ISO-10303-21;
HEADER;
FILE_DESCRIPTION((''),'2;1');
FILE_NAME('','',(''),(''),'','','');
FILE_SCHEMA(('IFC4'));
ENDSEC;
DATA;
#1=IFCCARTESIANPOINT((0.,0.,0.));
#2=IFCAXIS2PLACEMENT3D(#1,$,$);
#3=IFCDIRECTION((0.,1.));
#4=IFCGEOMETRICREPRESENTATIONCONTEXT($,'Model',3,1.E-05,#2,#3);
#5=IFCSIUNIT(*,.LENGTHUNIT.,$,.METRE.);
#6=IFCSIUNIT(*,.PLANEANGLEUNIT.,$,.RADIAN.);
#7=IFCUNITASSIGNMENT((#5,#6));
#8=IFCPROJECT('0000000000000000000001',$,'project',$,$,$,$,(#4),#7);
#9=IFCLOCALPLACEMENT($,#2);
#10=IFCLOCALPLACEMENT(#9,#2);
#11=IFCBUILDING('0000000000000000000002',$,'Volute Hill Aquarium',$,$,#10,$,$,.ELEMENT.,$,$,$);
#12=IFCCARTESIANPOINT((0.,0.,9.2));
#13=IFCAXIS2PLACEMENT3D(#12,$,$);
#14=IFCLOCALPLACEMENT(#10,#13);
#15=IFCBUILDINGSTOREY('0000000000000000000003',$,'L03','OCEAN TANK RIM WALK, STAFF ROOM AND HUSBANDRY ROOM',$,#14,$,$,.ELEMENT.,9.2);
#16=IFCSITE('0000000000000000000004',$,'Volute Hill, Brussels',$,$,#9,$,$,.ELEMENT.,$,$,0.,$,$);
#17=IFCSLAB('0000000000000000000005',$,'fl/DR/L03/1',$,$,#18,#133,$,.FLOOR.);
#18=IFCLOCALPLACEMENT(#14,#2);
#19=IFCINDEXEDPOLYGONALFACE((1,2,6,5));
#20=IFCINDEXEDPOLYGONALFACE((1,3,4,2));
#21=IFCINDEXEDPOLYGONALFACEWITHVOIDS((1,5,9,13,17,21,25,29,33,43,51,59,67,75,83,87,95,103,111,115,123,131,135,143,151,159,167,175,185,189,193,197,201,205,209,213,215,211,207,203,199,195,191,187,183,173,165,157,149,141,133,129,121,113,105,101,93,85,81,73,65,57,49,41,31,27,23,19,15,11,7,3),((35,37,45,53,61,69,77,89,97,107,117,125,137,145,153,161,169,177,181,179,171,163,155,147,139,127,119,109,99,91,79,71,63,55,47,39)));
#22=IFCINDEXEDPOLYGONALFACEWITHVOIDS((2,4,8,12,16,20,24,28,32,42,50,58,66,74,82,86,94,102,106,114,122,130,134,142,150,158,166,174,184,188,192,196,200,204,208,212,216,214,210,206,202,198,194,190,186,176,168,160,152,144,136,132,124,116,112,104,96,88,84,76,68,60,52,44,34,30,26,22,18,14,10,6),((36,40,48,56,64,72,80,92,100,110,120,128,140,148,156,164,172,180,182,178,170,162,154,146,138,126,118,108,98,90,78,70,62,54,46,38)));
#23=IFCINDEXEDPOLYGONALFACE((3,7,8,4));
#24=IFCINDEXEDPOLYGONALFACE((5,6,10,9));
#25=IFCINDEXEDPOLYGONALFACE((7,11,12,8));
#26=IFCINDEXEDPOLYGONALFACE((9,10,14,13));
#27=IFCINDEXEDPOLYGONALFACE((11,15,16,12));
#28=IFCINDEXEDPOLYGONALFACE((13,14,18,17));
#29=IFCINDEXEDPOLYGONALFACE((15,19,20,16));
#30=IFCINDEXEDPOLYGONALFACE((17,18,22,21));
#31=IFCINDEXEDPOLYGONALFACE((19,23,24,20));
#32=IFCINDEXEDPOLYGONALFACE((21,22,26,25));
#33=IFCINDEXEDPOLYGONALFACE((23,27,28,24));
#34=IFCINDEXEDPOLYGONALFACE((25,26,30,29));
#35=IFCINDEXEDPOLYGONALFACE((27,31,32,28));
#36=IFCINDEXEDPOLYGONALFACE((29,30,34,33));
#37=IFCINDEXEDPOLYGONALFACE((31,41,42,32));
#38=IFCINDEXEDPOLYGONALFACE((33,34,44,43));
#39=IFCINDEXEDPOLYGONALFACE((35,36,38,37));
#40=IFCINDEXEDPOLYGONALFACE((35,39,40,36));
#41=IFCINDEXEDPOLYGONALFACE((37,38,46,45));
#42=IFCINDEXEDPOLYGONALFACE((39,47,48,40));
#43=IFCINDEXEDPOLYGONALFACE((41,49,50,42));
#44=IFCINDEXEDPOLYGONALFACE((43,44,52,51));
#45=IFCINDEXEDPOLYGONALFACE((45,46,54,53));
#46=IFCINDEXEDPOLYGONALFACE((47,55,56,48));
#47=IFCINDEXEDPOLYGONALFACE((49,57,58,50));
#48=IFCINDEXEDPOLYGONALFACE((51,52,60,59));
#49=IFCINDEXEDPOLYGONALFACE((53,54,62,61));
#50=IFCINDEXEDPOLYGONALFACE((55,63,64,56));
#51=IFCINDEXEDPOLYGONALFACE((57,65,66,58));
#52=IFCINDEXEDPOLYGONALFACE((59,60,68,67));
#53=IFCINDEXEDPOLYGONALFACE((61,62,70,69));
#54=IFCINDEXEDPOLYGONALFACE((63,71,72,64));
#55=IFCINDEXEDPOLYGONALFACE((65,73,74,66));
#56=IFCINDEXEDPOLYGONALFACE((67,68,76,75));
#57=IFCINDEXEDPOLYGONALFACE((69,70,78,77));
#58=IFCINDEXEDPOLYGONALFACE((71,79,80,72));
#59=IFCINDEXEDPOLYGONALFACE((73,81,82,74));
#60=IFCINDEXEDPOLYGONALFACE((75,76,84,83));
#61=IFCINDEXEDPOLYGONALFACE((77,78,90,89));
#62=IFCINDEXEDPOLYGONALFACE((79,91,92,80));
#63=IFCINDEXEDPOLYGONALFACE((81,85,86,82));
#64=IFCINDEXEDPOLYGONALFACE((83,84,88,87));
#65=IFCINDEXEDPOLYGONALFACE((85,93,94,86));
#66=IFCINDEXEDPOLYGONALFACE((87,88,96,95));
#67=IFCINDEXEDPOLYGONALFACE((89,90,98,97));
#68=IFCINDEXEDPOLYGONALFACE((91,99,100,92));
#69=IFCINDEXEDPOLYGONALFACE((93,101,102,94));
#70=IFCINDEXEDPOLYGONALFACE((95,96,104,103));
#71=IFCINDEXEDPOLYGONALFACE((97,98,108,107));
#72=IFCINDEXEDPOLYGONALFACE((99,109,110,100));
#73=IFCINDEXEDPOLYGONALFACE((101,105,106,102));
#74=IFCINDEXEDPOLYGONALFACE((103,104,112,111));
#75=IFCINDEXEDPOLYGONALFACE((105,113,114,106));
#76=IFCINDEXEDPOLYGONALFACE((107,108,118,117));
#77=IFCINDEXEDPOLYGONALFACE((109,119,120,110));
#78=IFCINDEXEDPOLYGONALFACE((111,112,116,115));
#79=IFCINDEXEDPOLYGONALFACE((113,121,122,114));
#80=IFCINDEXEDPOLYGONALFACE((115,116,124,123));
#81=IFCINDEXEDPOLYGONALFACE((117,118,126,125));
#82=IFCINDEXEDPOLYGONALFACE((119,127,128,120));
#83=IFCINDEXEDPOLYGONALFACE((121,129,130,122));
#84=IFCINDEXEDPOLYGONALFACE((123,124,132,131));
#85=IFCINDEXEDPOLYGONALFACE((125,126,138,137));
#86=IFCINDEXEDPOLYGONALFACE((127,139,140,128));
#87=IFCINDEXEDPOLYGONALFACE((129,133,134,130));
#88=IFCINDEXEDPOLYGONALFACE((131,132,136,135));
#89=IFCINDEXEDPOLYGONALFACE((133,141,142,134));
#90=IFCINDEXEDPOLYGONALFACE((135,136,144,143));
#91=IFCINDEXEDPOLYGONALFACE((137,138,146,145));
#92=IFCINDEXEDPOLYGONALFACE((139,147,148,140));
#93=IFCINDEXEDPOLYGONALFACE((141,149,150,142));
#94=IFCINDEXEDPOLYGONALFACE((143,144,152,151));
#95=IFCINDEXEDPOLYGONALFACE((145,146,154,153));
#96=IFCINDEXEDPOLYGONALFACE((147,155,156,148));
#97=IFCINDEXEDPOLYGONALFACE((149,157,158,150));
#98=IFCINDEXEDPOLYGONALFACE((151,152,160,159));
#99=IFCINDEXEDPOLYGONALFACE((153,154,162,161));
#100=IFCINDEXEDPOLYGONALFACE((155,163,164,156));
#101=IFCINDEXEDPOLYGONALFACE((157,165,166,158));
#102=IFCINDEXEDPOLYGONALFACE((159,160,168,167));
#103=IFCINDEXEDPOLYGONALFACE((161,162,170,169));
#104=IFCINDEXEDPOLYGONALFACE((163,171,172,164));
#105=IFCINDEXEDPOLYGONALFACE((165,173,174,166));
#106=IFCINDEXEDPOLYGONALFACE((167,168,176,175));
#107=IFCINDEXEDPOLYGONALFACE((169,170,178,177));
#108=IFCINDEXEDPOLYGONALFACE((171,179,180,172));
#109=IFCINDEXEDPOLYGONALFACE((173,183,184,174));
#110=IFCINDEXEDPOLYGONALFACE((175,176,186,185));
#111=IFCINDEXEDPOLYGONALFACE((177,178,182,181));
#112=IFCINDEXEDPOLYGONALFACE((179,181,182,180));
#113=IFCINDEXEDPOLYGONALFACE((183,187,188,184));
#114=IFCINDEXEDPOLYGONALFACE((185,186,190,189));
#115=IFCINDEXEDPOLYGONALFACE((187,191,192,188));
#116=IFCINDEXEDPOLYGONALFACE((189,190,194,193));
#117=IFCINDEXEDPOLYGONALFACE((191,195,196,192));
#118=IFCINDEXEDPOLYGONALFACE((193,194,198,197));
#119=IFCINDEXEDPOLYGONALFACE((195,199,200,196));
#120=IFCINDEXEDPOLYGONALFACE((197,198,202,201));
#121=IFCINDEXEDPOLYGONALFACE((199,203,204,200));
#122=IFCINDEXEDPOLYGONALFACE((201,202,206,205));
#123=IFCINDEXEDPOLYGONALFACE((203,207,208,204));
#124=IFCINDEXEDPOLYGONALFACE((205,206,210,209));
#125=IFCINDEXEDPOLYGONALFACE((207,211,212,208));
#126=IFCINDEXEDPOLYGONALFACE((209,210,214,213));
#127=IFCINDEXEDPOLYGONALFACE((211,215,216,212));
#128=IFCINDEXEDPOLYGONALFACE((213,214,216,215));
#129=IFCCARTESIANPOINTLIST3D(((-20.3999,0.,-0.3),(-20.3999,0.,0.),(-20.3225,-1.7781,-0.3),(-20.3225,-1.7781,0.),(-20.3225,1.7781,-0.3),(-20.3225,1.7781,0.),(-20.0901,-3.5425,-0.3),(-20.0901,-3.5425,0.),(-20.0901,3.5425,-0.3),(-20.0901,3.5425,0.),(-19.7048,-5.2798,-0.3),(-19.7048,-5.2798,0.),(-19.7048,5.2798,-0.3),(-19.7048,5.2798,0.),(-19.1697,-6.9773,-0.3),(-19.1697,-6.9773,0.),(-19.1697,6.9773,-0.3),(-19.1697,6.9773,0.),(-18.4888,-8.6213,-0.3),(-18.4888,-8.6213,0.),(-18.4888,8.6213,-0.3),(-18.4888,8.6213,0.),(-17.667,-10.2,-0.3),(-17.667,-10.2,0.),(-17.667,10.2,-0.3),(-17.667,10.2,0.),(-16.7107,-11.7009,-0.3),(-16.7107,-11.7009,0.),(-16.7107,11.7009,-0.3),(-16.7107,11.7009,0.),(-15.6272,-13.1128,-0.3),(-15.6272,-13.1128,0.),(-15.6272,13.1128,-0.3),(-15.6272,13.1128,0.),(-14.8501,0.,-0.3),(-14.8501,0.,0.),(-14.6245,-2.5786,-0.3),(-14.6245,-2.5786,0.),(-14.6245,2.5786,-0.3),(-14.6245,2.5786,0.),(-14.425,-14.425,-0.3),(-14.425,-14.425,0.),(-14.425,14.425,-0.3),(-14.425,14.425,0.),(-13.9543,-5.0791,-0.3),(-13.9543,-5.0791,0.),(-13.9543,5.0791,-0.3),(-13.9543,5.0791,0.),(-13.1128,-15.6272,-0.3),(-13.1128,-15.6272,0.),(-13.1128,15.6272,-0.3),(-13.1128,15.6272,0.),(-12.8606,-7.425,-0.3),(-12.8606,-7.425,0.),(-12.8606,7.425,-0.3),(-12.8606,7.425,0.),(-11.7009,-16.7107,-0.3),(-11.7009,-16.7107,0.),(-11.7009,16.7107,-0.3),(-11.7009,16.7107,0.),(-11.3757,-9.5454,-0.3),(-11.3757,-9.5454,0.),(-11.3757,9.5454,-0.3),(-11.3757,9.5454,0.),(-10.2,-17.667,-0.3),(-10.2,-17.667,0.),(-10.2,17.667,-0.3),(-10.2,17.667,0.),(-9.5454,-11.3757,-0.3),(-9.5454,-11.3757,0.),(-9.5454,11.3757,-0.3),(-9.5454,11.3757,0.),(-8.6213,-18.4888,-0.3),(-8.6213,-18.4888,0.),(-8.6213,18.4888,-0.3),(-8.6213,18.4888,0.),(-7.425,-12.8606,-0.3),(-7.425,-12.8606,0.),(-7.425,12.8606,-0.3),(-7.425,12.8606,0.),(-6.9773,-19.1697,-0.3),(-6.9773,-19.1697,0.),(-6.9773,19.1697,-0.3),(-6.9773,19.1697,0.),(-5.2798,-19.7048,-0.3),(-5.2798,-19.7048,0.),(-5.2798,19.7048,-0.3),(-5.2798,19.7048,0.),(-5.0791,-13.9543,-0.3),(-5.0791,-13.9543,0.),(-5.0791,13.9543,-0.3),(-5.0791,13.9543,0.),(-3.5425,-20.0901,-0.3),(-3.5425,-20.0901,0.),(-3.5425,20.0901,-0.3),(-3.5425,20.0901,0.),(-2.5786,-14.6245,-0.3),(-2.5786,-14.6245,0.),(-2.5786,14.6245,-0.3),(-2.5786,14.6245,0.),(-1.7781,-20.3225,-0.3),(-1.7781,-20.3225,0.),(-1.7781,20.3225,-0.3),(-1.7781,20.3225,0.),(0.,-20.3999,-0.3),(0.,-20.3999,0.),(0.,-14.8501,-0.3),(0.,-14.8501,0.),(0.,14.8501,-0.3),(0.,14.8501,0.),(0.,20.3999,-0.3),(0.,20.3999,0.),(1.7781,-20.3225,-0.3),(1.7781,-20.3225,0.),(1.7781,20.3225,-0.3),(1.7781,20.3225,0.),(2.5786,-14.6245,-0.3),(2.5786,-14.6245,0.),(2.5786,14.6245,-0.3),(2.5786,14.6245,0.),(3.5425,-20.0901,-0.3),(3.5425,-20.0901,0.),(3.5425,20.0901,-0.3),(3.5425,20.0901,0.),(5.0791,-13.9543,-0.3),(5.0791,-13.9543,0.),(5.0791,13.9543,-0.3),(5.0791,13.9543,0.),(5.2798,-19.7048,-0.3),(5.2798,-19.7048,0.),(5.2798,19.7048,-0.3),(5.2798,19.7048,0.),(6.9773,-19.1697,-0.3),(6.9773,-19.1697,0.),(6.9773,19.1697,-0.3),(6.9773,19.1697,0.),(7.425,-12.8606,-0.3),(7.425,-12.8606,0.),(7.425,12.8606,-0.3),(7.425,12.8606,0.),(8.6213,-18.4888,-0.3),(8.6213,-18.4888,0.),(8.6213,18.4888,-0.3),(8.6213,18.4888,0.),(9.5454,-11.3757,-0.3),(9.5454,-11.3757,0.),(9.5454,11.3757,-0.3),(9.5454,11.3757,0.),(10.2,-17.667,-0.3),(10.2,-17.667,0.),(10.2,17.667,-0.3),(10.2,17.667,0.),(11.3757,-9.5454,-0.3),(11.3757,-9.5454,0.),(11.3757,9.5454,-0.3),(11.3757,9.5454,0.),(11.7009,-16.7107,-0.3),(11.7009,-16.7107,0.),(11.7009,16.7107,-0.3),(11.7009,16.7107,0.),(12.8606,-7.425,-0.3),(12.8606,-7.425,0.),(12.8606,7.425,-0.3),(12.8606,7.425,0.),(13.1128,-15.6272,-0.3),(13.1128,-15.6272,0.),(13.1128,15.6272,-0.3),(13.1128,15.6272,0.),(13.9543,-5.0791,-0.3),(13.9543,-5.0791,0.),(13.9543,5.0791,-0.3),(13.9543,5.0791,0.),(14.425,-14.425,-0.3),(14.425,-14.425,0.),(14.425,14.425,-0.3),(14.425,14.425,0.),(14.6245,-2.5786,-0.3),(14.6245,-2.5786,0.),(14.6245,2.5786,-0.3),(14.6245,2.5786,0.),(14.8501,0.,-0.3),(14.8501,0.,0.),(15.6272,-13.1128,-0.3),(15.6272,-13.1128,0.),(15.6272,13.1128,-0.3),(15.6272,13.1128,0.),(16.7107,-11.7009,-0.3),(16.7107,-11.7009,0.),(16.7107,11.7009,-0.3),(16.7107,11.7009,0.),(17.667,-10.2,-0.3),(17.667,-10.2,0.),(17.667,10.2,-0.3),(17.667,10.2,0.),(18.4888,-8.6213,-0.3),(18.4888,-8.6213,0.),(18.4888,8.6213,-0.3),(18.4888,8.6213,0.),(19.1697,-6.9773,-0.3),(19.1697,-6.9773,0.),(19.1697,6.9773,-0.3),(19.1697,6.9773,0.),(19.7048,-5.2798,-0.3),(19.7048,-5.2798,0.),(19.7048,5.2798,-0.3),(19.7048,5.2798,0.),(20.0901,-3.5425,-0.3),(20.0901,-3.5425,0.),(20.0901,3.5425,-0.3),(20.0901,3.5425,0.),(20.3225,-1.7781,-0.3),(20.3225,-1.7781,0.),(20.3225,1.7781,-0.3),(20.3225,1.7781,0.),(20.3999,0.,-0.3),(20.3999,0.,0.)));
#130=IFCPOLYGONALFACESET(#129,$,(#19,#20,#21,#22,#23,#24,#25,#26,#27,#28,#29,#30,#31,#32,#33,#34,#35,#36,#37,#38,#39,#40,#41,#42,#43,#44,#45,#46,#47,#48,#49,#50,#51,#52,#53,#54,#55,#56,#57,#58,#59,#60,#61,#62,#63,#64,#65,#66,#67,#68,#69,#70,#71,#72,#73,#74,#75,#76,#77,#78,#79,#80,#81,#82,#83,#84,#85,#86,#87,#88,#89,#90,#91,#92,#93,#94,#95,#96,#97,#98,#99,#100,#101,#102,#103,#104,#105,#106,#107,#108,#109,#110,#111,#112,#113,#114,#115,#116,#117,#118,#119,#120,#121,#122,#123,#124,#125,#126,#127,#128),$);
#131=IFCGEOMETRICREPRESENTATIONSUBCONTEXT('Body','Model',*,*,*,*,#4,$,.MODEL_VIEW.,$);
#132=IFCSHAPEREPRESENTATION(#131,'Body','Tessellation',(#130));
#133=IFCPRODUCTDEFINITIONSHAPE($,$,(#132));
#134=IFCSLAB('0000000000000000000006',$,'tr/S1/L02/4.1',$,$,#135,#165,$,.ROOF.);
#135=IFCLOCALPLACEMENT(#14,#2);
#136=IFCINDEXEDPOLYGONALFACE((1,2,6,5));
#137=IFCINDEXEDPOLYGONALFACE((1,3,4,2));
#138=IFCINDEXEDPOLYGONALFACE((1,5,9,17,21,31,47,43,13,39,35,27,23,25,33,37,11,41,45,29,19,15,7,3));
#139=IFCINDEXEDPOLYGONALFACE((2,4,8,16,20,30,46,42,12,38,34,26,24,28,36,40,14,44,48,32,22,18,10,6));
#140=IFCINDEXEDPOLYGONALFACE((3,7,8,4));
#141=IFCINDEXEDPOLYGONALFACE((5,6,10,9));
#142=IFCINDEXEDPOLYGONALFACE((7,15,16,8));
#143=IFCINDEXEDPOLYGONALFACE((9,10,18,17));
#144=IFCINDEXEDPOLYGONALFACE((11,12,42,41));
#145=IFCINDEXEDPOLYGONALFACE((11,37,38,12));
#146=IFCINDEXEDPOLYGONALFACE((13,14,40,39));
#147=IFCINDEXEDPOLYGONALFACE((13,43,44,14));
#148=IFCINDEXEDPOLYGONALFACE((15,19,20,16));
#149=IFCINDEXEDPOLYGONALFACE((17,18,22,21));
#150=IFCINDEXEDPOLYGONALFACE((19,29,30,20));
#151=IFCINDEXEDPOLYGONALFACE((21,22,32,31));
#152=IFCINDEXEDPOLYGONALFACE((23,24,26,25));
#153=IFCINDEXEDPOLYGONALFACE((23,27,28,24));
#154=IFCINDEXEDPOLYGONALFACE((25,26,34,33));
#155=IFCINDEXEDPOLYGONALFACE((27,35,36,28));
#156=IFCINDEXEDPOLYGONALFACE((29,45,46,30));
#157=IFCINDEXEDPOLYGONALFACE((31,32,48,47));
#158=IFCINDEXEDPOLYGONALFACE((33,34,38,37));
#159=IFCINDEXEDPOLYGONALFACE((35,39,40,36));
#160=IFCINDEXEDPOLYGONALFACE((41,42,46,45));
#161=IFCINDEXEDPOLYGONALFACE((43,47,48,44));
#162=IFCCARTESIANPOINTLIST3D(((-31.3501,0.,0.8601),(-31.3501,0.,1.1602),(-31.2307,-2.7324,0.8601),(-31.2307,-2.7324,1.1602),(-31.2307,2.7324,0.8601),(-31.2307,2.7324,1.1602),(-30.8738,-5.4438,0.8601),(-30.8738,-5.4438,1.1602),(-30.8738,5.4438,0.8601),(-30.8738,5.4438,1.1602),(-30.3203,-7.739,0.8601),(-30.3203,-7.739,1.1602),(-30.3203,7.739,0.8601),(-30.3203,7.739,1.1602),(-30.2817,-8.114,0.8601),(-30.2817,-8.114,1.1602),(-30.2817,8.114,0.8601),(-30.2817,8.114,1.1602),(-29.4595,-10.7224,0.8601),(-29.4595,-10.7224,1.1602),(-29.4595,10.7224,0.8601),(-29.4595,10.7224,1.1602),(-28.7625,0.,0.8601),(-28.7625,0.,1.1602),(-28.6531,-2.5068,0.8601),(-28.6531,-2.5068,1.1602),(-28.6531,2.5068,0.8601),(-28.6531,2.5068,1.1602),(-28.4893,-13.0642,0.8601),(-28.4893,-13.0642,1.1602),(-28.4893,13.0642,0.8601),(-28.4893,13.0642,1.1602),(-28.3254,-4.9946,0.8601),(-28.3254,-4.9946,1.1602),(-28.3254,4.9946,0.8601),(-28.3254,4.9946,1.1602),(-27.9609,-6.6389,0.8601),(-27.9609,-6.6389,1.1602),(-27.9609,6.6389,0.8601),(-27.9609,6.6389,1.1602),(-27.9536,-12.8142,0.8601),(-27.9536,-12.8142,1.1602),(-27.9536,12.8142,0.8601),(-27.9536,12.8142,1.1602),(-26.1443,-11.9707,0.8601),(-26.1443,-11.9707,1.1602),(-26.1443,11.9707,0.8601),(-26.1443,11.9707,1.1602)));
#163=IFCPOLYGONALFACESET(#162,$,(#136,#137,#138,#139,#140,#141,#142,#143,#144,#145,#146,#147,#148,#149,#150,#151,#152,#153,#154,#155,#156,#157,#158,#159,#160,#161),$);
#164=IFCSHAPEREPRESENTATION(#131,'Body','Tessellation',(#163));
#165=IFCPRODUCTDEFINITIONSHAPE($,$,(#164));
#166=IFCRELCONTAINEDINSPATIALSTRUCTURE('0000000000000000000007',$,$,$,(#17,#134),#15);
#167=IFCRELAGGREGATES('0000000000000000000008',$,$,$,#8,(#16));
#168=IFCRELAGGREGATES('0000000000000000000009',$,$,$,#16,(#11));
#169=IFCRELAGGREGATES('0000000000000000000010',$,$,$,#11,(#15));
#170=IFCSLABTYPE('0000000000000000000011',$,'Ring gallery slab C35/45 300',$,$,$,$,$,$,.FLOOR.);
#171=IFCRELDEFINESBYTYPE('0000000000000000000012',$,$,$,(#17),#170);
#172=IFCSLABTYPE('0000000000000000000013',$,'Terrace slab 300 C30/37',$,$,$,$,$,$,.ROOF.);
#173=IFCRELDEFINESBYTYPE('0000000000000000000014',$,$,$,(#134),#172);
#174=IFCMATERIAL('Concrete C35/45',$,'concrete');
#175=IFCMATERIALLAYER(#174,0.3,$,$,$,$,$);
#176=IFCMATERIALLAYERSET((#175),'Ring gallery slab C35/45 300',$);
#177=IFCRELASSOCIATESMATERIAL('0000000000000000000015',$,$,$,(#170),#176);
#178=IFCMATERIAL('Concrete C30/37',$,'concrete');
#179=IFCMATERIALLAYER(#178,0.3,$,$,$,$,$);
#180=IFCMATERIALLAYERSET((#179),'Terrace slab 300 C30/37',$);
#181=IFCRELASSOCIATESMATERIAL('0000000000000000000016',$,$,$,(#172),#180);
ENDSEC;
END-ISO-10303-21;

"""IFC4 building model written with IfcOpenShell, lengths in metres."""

from ifc_helpers import new_model, si_unit, direction, frame, origin, place, context, subcontext, project, spatial, polyline, outline, extrude, material, layer, layer_set, type_object, element, save


model = new_model("IFC4")

# Units and contexts
model_context = context("Model", 3, precision=1e-05, world=origin(), true_north=direction((0.0, 1.0)))
body_context = subcontext(model_context, "Body", "Model", "MODEL_VIEW")
ifc_project = project(units=[si_unit("LENGTHUNIT", "METRE"), si_unit("PLANEANGLEUNIT", "RADIAN")], contexts=[model_context])

# Site, building, storey
site_placement = place(None, origin())
site = spatial("IfcSite", under=ifc_project, at=site_placement, Name="Volute Hill, Brussels", CompositionType="ELEMENT", RefElevation=0.0)
building_placement = place(site_placement, origin())
building = spatial("IfcBuilding", under=site, at=building_placement, Name="Volute Hill Aquarium", CompositionType="ELEMENT")
storey_placement = place(building_placement, frame((0.0, 0.0, 9.2)))
storey = spatial("IfcBuildingStorey", under=building, at=storey_placement, Name="L03", Description="OCEAN TANK RIM WALK, STAFF ROOM AND HUSBANDRY ROOM", CompositionType="ELEMENT", Elevation=9.2)

# Slabs
ifc_material_1 = material(Name="Concrete C35/45", Category="concrete")
ifc_layer_1 = layer(ifc_material_1, 0.3)
ifc_layer_set_1 = layer_set([ifc_layer_1], Name="Ring gallery slab C35/45 300")
slab_type_1 = type_object("IfcSlabType", Name="Ring gallery slab C35/45 300", PredefinedType="FLOOR", material=ifc_layer_set_1)
slab_1_placement = place(storey_placement, frame((0.0, 0.0, -0.3)))
element("IfcSlab", 1, at=slab_1_placement, inside=storey, type_object=slab_type_1, Name="fl/DR/L03/1", PredefinedType="FLOOR", context=body_context, shape_type="SweptSolid", body=[
    extrude(outline(polyline([(20.3999, 0.0), (20.3225, 1.7781), (20.0901, 3.5425), (19.7048, 5.2798), (19.1697, 6.9773), (18.4888, 8.6213), (17.667, 10.2), (16.7107, 11.7009), (15.6272, 13.1128), (14.425, 14.425), (13.1128, 15.6272), (11.7009, 16.7107), (10.2, 17.667), (8.6213, 18.4888), (6.9773, 19.1697), (5.2798, 19.7048), (3.5425, 20.0901), (1.7781, 20.3225), (0.0, 20.3999), (-1.7781, 20.3225), (-3.5425, 20.0901), (-5.2798, 19.7048), (-6.9773, 19.1697), (-8.6213, 18.4888), (-10.2, 17.667), (-11.7009, 16.7107), (-13.1128, 15.6272), (-14.425, 14.425), (-15.6272, 13.1128), (-16.7107, 11.7009), (-17.667, 10.2), (-18.4888, 8.6213), (-19.1697, 6.9773), (-19.7048, 5.2798), (-20.0901, 3.5425), (-20.3225, 1.7781), (-20.3999, 0.0), (-20.3225, -1.7781), (-20.0901, -3.5425), (-19.7048, -5.2798), (-19.1697, -6.9773), (-18.4888, -8.6213), (-17.667, -10.2), (-16.7107, -11.7009), (-15.6272, -13.1128), (-14.425, -14.425), (-13.1128, -15.6272), (-11.7009, -16.7107), (-10.2, -17.667), (-8.6213, -18.4888), (-6.9773, -19.1697), (-5.2798, -19.7048), (-3.5425, -20.0901), (-1.7781, -20.3225), (0.0, -20.3999), (1.7781, -20.3225), (3.5425, -20.0901), (5.2798, -19.7048), (6.9773, -19.1697), (8.6213, -18.4888), (10.2, -17.667), (11.7009, -16.7107), (13.1128, -15.6272), (14.425, -14.425), (15.6272, -13.1128), (16.7107, -11.7009), (17.667, -10.2), (18.4888, -8.6213), (19.1697, -6.9773), (19.7048, -5.2798), (20.0901, -3.5425), (20.3225, -1.7781), (20.3999, 0.0)]), holes=[polyline([(14.6245, -2.5786), (13.9543, -5.0791), (12.8606, -7.425), (11.3757, -9.5454), (9.5454, -11.3757), (7.425, -12.8606), (5.0791, -13.9543), (2.5786, -14.6245), (0.0, -14.8501), (-2.5786, -14.6245), (-5.0791, -13.9543), (-7.425, -12.8606), (-9.5454, -11.3757), (-11.3757, -9.5454), (-12.8606, -7.425), (-13.9543, -5.0791), (-14.6245, -2.5786), (-14.8501, 0.0), (-14.6245, 2.5786), (-13.9543, 5.0791), (-12.8606, 7.425), (-11.3757, 9.5454), (-9.5454, 11.3757), (-7.425, 12.8606), (-5.0791, 13.9543), (-2.5786, 14.6245), (0.0, 14.8501), (2.5786, 14.6245), (5.0791, 13.9543), (7.425, 12.8606), (9.5454, 11.3757), (11.3757, 9.5454), (12.8606, 7.425), (13.9543, 5.0791), (14.6245, 2.5786), (14.8501, 0.0), (14.6245, -2.5786)])]), origin(), (0.0, 0.0, 1.0), 0.3),
])
ifc_material_2 = material(Name="Concrete C30/37", Category="concrete")
ifc_layer_2 = layer(ifc_material_2, 0.3)
ifc_layer_set_2 = layer_set([ifc_layer_2], Name="Terrace slab 300 C30/37")
slab_type_2 = type_object("IfcSlabType", Name="Terrace slab 300 C30/37", PredefinedType="ROOF", material=ifc_layer_set_2)
slab_2_placement = place(storey_placement, frame((0.0, 0.0, 0.8601)))
element("IfcSlab", 2, at=slab_2_placement, inside=storey, type_object=slab_type_2, Name="tr/S1/L02/4.1", PredefinedType="ROOF", context=body_context, shape_type="SweptSolid", body=[
    extrude(outline(polyline([(-29.4595, -10.7224), (-30.2817, -8.114), (-30.8738, -5.4438), (-31.2307, -2.7324), (-31.3501, 0.0), (-31.2307, 2.7324), (-30.8738, 5.4438), (-30.2817, 8.114), (-29.4595, 10.7224), (-28.4893, 13.0642), (-26.1443, 11.9707), (-26.1443, 11.9707), (-27.9536, 12.8142), (-30.3203, 7.739), (-27.9609, 6.6389), (-28.3254, 4.9946), (-28.6531, 2.5068), (-28.7625, 0.0), (-28.6531, -2.5068), (-28.3254, -4.9946), (-27.9609, -6.6389), (-30.3203, -7.739), (-27.9536, -12.8142), (-26.1443, -11.9707), (-26.1443, -11.9707), (-28.4893, -13.0642), (-29.4595, -10.7224)])), origin(), (0.0, 0.0, 1.0), 0.3),
])

save(model, "model.ifc")
